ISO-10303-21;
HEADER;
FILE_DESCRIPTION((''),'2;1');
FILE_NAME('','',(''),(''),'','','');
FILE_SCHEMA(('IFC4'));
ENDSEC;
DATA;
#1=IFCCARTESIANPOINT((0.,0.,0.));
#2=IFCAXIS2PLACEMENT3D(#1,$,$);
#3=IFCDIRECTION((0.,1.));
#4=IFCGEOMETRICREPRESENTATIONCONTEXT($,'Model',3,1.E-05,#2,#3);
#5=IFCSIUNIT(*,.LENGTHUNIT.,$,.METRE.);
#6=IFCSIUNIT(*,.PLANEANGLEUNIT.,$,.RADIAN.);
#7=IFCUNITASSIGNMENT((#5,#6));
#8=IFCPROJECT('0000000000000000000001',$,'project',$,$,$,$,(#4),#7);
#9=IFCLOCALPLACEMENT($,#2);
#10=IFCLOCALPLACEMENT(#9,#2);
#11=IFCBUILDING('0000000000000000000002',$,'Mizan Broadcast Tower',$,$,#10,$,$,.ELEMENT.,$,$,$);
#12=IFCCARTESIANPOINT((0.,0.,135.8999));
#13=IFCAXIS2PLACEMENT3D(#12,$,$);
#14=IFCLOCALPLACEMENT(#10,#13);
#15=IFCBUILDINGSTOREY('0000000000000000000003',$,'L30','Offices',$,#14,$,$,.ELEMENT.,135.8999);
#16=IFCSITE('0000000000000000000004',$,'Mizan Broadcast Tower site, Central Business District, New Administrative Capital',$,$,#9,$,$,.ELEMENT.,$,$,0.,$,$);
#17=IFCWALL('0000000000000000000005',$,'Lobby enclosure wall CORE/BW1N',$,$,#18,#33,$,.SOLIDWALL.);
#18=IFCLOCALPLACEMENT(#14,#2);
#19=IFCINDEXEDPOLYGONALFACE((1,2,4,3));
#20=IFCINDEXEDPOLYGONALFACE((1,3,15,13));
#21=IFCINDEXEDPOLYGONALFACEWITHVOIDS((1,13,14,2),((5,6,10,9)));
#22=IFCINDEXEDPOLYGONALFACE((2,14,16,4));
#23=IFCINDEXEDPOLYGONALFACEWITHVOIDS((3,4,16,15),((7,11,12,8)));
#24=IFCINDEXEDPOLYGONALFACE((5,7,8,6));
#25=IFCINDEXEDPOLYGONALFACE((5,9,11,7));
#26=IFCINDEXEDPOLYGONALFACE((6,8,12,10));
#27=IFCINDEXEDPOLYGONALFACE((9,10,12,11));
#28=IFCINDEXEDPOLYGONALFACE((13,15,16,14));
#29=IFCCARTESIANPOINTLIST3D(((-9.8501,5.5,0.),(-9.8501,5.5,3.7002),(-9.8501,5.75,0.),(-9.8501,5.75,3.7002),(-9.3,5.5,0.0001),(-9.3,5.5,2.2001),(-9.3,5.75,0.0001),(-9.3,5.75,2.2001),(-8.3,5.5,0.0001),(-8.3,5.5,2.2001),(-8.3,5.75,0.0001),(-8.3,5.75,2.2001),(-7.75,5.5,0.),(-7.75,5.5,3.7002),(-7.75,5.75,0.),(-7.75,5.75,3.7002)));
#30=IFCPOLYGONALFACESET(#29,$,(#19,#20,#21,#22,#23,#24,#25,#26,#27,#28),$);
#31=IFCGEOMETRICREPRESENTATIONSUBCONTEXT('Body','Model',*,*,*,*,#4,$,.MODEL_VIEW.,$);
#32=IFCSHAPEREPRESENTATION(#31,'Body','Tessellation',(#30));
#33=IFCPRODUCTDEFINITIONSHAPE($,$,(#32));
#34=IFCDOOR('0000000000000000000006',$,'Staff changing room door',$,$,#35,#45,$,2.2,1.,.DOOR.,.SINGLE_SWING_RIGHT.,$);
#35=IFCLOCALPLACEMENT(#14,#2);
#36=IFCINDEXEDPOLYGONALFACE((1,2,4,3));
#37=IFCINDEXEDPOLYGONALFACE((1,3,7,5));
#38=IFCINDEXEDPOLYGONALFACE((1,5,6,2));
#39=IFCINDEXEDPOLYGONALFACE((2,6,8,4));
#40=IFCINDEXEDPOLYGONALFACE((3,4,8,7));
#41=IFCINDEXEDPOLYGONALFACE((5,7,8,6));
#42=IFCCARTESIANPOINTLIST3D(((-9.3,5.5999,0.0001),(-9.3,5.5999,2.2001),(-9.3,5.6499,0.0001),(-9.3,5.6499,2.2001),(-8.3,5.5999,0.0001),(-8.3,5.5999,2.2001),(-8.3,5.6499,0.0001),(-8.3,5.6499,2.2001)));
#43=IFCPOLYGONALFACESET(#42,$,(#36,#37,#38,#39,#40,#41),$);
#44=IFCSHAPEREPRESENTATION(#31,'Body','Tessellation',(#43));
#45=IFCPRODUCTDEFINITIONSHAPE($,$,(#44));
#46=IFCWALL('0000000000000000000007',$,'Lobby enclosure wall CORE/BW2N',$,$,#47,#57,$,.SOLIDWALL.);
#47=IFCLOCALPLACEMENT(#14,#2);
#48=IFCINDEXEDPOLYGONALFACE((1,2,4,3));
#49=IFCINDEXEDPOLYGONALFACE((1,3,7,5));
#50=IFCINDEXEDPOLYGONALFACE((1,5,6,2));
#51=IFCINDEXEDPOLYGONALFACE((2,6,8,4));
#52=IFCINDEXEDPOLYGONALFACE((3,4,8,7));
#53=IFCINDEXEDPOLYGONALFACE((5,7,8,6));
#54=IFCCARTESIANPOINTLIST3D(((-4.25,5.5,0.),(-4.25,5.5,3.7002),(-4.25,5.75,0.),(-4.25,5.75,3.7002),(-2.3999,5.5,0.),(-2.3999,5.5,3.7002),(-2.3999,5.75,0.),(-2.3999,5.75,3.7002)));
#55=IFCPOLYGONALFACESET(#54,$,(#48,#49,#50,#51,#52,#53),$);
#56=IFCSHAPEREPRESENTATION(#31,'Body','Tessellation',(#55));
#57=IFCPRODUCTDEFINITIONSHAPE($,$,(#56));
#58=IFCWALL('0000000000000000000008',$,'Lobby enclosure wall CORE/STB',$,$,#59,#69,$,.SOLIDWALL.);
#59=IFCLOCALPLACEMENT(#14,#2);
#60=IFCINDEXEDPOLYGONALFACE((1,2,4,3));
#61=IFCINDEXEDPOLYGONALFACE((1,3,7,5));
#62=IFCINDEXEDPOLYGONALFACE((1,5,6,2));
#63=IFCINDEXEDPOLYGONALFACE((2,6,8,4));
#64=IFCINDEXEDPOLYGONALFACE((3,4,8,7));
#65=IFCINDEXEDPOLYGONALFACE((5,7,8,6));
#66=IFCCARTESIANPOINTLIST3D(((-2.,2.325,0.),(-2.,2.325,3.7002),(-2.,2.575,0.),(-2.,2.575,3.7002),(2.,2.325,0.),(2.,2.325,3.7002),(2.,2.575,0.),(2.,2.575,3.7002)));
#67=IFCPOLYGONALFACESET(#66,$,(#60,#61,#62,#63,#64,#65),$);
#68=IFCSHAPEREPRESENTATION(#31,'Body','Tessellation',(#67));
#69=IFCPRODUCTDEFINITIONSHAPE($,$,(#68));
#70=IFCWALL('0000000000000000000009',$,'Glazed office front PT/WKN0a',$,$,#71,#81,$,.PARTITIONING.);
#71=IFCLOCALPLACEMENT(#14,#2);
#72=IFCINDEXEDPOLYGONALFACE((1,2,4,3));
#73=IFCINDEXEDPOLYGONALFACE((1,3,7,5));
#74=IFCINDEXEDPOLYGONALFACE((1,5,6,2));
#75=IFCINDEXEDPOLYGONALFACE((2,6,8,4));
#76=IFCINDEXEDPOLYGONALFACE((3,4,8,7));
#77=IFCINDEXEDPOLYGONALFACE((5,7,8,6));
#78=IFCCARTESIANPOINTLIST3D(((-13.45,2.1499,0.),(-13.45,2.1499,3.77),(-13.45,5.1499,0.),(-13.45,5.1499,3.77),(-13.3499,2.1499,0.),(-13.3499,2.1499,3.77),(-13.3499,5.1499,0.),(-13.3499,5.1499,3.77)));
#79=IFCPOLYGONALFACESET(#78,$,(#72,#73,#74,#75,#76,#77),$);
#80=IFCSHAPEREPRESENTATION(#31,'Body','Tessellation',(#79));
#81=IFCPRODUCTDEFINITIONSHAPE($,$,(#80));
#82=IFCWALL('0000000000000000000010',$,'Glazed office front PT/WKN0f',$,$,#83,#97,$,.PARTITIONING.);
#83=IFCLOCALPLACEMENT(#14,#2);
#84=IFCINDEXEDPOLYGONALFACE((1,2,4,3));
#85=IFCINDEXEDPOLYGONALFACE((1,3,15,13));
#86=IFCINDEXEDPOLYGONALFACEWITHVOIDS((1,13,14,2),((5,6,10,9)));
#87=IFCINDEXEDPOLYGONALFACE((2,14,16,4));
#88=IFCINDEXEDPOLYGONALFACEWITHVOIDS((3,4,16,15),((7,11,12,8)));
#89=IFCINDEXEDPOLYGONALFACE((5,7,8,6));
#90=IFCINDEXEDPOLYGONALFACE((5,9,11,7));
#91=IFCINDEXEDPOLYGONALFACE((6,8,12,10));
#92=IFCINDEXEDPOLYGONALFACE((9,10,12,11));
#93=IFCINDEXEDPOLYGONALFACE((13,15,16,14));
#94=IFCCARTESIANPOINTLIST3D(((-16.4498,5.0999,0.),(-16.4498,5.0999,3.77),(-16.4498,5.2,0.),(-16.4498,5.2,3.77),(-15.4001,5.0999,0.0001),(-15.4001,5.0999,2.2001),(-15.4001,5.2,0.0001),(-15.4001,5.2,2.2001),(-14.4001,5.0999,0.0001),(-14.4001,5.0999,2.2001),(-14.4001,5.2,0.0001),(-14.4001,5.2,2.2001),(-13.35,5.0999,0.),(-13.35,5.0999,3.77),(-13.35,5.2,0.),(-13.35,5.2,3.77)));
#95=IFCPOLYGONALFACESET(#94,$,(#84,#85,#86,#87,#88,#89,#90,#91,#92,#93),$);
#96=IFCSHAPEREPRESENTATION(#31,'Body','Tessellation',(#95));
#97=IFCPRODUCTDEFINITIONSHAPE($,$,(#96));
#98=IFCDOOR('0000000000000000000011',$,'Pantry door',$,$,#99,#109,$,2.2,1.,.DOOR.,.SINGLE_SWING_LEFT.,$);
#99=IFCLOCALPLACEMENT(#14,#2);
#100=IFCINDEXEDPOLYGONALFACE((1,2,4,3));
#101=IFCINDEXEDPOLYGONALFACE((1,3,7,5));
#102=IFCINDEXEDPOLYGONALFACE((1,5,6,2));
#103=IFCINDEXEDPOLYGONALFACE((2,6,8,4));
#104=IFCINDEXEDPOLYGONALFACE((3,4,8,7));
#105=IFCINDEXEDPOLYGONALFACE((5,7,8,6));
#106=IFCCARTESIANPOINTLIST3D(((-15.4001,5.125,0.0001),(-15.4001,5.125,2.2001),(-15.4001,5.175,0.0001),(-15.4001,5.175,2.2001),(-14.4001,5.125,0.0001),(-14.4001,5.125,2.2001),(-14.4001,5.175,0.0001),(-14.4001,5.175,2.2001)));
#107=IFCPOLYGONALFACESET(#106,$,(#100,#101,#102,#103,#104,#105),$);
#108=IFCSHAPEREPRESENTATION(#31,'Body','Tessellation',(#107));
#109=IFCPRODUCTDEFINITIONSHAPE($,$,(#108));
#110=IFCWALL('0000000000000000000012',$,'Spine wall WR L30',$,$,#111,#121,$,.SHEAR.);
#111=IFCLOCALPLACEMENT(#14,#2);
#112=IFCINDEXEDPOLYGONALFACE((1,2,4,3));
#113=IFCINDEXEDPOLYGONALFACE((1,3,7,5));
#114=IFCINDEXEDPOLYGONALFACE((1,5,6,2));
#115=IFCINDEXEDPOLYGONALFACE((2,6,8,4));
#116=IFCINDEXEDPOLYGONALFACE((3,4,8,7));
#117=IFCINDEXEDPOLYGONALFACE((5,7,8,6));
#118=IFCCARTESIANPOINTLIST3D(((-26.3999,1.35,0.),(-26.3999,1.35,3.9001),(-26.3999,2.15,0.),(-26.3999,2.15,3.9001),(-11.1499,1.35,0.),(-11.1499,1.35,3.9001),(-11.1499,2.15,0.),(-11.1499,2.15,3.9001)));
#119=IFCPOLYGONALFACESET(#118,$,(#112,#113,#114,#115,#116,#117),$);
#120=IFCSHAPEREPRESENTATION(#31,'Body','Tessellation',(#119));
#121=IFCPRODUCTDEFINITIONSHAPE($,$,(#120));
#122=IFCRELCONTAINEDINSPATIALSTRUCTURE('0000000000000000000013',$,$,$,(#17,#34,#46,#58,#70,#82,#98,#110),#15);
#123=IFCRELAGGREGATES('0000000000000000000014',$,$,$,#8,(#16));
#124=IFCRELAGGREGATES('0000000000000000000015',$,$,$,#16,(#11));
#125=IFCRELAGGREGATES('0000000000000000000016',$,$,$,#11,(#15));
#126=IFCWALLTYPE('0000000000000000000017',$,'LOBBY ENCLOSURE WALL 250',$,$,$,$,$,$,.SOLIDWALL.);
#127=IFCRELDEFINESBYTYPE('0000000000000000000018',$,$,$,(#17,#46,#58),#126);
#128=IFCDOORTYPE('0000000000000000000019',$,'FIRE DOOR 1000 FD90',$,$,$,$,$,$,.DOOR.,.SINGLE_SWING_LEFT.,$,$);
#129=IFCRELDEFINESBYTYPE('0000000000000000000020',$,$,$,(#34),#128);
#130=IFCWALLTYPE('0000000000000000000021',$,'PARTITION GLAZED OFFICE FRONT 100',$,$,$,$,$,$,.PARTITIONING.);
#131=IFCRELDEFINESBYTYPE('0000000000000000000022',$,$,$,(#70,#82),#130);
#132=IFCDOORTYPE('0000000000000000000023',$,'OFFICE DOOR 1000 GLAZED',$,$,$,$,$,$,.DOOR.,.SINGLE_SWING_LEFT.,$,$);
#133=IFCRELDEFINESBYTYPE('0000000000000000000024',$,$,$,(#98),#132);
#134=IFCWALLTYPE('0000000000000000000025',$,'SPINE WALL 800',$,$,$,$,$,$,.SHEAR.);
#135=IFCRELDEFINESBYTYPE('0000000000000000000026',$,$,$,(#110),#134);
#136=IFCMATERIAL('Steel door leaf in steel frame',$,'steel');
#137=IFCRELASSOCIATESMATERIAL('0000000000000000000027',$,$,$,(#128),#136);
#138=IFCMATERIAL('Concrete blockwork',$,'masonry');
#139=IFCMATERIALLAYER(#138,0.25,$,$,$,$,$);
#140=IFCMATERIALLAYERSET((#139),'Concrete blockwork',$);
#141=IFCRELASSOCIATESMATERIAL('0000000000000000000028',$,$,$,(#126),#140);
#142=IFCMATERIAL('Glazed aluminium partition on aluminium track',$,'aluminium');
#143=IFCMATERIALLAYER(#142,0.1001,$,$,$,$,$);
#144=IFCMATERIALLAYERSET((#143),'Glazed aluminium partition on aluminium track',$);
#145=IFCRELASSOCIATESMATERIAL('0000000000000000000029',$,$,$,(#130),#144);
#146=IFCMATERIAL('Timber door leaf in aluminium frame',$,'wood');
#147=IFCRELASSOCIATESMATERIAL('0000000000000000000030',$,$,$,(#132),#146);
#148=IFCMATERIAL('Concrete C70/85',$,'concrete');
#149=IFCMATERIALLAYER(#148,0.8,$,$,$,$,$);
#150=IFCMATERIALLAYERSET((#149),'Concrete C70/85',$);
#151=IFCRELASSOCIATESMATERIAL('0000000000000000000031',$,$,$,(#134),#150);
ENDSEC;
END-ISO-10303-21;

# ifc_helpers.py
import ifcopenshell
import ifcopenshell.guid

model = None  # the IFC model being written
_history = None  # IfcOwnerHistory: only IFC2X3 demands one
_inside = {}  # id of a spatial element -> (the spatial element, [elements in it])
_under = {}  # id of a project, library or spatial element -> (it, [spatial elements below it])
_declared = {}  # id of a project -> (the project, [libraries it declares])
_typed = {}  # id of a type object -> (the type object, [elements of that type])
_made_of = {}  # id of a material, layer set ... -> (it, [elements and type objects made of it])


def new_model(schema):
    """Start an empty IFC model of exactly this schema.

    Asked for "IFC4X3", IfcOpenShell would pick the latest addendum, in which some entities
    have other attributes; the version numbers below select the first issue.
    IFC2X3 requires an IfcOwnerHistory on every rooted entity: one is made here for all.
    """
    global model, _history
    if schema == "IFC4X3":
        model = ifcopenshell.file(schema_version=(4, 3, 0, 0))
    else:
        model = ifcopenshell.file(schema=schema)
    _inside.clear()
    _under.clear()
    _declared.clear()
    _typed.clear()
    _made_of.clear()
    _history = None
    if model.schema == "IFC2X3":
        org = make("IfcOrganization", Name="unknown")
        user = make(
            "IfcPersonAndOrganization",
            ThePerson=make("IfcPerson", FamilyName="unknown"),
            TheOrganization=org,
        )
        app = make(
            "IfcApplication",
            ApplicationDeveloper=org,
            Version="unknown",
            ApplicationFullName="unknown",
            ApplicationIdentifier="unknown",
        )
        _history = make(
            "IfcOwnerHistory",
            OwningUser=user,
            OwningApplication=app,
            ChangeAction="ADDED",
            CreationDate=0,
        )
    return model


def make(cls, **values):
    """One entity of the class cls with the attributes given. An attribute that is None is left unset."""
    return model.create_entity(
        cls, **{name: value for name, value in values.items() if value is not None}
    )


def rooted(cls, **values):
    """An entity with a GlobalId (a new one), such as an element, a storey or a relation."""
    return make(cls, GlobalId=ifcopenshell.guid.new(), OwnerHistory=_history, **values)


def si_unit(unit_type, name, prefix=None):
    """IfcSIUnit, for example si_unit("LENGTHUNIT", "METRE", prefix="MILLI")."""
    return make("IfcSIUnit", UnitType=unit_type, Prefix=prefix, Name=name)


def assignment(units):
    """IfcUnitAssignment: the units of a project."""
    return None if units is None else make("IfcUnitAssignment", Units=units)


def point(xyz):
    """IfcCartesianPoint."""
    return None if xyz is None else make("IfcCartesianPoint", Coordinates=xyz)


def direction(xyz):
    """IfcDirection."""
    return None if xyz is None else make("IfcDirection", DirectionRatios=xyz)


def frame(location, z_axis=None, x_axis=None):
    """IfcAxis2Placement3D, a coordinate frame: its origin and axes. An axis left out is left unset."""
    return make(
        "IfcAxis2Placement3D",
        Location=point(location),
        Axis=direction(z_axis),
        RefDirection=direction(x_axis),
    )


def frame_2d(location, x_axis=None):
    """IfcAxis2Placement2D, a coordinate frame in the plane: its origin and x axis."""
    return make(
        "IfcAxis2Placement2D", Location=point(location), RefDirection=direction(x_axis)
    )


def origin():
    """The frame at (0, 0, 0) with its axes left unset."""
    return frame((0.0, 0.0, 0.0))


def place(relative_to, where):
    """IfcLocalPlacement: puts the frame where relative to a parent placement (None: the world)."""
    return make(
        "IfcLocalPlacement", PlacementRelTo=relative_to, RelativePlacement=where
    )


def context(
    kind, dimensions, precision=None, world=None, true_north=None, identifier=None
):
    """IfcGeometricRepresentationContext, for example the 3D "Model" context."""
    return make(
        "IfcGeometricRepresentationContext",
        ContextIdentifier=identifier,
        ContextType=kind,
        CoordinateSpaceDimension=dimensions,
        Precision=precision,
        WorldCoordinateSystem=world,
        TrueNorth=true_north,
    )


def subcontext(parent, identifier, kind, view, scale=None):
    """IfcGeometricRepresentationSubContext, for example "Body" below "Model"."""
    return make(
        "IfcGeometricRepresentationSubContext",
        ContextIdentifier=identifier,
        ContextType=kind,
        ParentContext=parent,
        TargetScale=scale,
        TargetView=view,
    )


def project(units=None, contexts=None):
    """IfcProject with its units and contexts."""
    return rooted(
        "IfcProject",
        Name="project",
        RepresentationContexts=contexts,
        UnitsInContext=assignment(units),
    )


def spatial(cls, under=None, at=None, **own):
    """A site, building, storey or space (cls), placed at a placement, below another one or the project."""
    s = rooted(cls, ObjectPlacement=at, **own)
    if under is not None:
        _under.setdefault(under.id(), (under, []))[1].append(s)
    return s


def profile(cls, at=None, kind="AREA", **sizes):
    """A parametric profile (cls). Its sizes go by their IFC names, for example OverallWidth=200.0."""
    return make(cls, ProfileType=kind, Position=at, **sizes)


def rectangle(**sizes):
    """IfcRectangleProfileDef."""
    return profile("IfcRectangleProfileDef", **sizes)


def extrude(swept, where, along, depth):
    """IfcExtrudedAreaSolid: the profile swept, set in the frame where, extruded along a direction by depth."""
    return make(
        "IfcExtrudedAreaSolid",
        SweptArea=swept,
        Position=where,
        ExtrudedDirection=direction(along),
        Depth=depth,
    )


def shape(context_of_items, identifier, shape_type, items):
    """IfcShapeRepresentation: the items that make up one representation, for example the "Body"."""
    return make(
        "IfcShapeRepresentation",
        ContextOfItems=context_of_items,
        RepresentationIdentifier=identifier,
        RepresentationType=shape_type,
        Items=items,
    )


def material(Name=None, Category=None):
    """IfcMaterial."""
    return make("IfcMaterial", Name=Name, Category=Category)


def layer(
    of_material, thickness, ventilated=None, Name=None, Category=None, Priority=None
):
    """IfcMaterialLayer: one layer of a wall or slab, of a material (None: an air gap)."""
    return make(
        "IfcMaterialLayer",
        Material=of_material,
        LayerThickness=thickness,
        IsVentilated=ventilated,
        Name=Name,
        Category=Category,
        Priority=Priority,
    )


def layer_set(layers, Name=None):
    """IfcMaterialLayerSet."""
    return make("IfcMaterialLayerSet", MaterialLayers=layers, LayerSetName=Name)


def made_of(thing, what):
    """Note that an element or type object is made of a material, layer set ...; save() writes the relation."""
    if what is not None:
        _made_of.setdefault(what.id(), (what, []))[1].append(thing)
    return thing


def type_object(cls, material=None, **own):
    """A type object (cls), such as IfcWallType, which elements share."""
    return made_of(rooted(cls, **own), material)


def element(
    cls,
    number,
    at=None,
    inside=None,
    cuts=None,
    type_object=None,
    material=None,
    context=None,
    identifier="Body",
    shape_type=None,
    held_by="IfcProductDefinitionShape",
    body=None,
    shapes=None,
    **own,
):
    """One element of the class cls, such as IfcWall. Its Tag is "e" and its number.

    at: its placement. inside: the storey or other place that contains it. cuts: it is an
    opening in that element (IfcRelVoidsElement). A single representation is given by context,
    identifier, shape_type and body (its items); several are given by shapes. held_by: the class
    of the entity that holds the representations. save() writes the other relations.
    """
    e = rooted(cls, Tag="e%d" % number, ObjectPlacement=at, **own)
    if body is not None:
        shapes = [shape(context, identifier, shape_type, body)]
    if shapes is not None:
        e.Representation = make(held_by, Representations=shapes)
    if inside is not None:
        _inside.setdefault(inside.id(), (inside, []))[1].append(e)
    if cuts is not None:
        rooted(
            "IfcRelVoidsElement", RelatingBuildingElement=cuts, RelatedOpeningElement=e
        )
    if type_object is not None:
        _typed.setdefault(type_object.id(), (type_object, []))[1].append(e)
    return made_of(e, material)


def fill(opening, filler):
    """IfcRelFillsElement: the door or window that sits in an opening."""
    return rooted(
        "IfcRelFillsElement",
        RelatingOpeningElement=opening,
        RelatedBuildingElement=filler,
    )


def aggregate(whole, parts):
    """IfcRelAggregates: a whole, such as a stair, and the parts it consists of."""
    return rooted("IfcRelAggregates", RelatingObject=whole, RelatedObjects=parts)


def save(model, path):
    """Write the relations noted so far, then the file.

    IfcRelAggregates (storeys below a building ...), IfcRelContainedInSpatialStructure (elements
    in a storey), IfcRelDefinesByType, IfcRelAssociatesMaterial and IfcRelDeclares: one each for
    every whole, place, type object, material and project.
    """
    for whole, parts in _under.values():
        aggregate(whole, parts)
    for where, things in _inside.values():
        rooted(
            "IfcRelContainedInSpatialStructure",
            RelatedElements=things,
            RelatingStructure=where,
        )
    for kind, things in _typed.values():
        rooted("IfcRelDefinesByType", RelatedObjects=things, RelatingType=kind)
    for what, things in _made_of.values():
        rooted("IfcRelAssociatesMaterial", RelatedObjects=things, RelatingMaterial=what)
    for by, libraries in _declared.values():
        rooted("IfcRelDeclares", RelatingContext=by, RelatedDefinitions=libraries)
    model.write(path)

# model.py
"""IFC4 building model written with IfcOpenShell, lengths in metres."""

from ifc_helpers import new_model, si_unit, direction, frame, frame_2d, origin, place, context, subcontext, project, spatial, rectangle, extrude, material, layer, layer_set, type_object, element, fill, save


model = new_model("IFC4")

# Units and contexts
model_context = context("Model", 3, precision=1e-05, world=origin(), true_north=direction((0.0, 1.0)))
body_context = subcontext(model_context, "Body", "Model", "MODEL_VIEW")
ifc_project = project(units=[si_unit("LENGTHUNIT", "METRE"), si_unit("PLANEANGLEUNIT", "RADIAN")], contexts=[model_context])

# Site, building, storey
site_placement = place(None, origin())
site = spatial("IfcSite", under=ifc_project, at=site_placement, Name="Mizan Broadcast Tower site, Central Business District, New Administrative Capital", CompositionType="ELEMENT", RefElevation=0.0)
building_placement = place(site_placement, origin())
building = spatial("IfcBuilding", under=site, at=building_placement, Name="Mizan Broadcast Tower", CompositionType="ELEMENT")
storey_placement = place(building_placement, frame((0.0, 0.0, 135.8999)))
storey = spatial("IfcBuildingStorey", under=building, at=storey_placement, Name="L30", Description="Offices", CompositionType="ELEMENT", Elevation=135.8999)

# Shared definitions
ifc_material_1 = material(Name="Steel door leaf in steel frame", Category="steel")
door_type_1 = type_object("IfcDoorType", Name="FIRE DOOR 1000 FD90", OperationType="SINGLE_SWING_LEFT", PredefinedType="DOOR", material=ifc_material_1)

# Wall, opening, door
ifc_material_2 = material(Name="Concrete blockwork", Category="masonry")
ifc_layer_1 = layer(ifc_material_2, 0.25)
ifc_layer_set_1 = layer_set([ifc_layer_1], Name="Concrete blockwork")
wall_type_1 = type_object("IfcWallType", Name="LOBBY ENCLOSURE WALL 250", PredefinedType="SOLIDWALL", material=ifc_layer_set_1)
wall_1_placement = place(storey_placement, frame((-9.8501, 5.625, 0.0), z_axis=(0.0, 0.0, 1.0), x_axis=(1.0, 0.0, 0.0)))
wall_1 = element("IfcWall", 1, at=wall_1_placement, inside=storey, type_object=wall_type_1, Name="Lobby enclosure wall CORE/BW1N", PredefinedType="SOLIDWALL", context=body_context, shape_type="SweptSolid", body=[
    extrude(rectangle(XDim=2.1001, YDim=0.25, at=frame_2d((1.05, 0.0))), origin(), (0.0, 0.0, 1.0), 3.7002),
])
opening_1_placement = place(wall_1_placement, frame((0.55, 0.0, 0.0)))
opening_1 = element("IfcOpeningElement", 2, at=opening_1_placement, cuts=wall_1, PredefinedType="OPENING", context=body_context, shape_type="SweptSolid", body=[
    extrude(rectangle(XDim=1.0, YDim=2.2, at=frame_2d((0.5, 1.1001))), frame((0.0, 0.135, 0.0), z_axis=(0.0, -1.0, 0.0), x_axis=(1.0, 0.0, 0.0)), (0.0, 0.0, 1.0), 0.27),
])
door_1_placement = place(opening_1_placement, origin())
door_1 = element("IfcDoor", 3, at=door_1_placement, inside=storey, type_object=door_type_1, Name="Staff changing room door", OperationType="SINGLE_SWING_RIGHT", OverallHeight=2.2, OverallWidth=1.0, PredefinedType="DOOR", context=body_context, shape_type="SweptSolid", body=[
    extrude(rectangle(XDim=1.0, YDim=2.2, at=frame_2d((0.5, 1.1001))), frame((0.0, 0.0249, 0.0), z_axis=(0.0, -1.0, 0.0), x_axis=(1.0, 0.0, 0.0)), (0.0, 0.0, 1.0), 0.05),
])
fill(opening_1, door_1)

# Walls
wall_2_placement = place(storey_placement, frame((-4.25, 5.625, 0.0), z_axis=(0.0, 0.0, 1.0), x_axis=(1.0, 0.0, 0.0)))
element("IfcWall", 4, at=wall_2_placement, inside=storey, type_object=wall_type_1, Name="Lobby enclosure wall CORE/BW2N", PredefinedType="SOLIDWALL", context=body_context, shape_type="SweptSolid", body=[
    extrude(rectangle(XDim=1.8501, YDim=0.25, at=frame_2d((0.925, 0.0))), origin(), (0.0, 0.0, 1.0), 3.7002),
])
wall_3_placement = place(storey_placement, frame((-2.0, 2.45, 0.0), z_axis=(0.0, 0.0, 1.0), x_axis=(1.0, 0.0, 0.0)))
element("IfcWall", 5, at=wall_3_placement, inside=storey, type_object=wall_type_1, Name="Lobby enclosure wall CORE/STB", PredefinedType="SOLIDWALL", context=body_context, shape_type="SweptSolid", body=[
    extrude(rectangle(XDim=4.0, YDim=0.25, at=frame_2d((2.0, 0.0))), origin(), (0.0, 0.0, 1.0), 3.7002),
])
ifc_material_3 = material(Name="Glazed aluminium partition on aluminium track", Category="aluminium")
ifc_layer_2 = layer(ifc_material_3, 0.1001)
ifc_layer_set_2 = layer_set([ifc_layer_2], Name="Glazed aluminium partition on aluminium track")
wall_type_2 = type_object("IfcWallType", Name="PARTITION GLAZED OFFICE FRONT 100", PredefinedType="PARTITIONING", material=ifc_layer_set_2)
wall_4_placement = place(storey_placement, frame((-13.3999, 2.1499, 0.0), z_axis=(0.0, 0.0, 1.0), x_axis=(0.0, 1.0, 0.0)))
element("IfcWall", 6, at=wall_4_placement, inside=storey, type_object=wall_type_2, Name="Glazed office front PT/WKN0a", PredefinedType="PARTITIONING", context=body_context, shape_type="SweptSolid", body=[
    extrude(rectangle(XDim=3.0, YDim=0.1001, at=frame_2d((1.5, 0.0))), origin(), (0.0, 0.0, 1.0), 3.77),
])

# Wall, opening, door
wall_5_placement = place(storey_placement, frame((-13.3501, 5.1499, 0.0), z_axis=(0.0, 0.0, 1.0), x_axis=(-1.0, 0.0, 0.0)))
wall_5 = element("IfcWall", 7, at=wall_5_placement, inside=storey, type_object=wall_type_2, Name="Glazed office front PT/WKN0f", PredefinedType="PARTITIONING", context=body_context, shape_type="SweptSolid", body=[
    extrude(rectangle(XDim=3.0999, YDim=0.1001, at=frame_2d((1.5498, 0.0))), origin(), (0.0, 0.0, 1.0), 3.77),
])
opening_2_placement = place(wall_5_placement, frame((1.05, 0.0, 0.0)))
opening_2 = element("IfcOpeningElement", 8, at=opening_2_placement, cuts=wall_5, PredefinedType="OPENING", context=body_context, shape_type="SweptSolid", body=[
    extrude(rectangle(XDim=1.0, YDim=2.2, at=frame_2d((0.5, 1.1001))), frame((0.0, 0.0601, 0.0), z_axis=(0.0, -1.0, 0.0), x_axis=(1.0, 0.0, 0.0)), (0.0, 0.0, 1.0), 0.1201),
])
ifc_material_4 = material(Name="Timber door leaf in aluminium frame", Category="wood")
door_type_2 = type_object("IfcDoorType", Name="OFFICE DOOR 1000 GLAZED", OperationType="SINGLE_SWING_LEFT", PredefinedType="DOOR", material=ifc_material_4)
door_2_placement = place(opening_2_placement, origin())
door_2 = element("IfcDoor", 9, at=door_2_placement, inside=storey, type_object=door_type_2, Name="Pantry door", OperationType="SINGLE_SWING_LEFT", OverallHeight=2.2, OverallWidth=1.0, PredefinedType="DOOR", context=body_context, shape_type="SweptSolid", body=[
    extrude(rectangle(XDim=1.0, YDim=2.2, at=frame_2d((0.5, 1.1001))), frame((0.0, 0.0249, 0.0), z_axis=(0.0, -1.0, 0.0), x_axis=(1.0, 0.0, 0.0)), (0.0, 0.0, 1.0), 0.05),
])
fill(opening_2, door_2)

# Wall
ifc_material_5 = material(Name="Concrete C70/85", Category="concrete")
ifc_layer_3 = layer(ifc_material_5, 0.8)
ifc_layer_set_3 = layer_set([ifc_layer_3], Name="Concrete C70/85")
wall_type_3 = type_object("IfcWallType", Name="SPINE WALL 800", PredefinedType="SHEAR", material=ifc_layer_set_3)
wall_6_placement = place(storey_placement, frame((-11.1499, 1.75, 0.0), z_axis=(0.0, 0.0, 1.0), x_axis=(-1.0, 0.0, 0.0)))
element("IfcWall", 10, at=wall_6_placement, inside=storey, type_object=wall_type_3, Name="Spine wall WR L30", PredefinedType="SHEAR", context=body_context, shape_type="SweptSolid", body=[
    extrude(rectangle(XDim=15.25, YDim=0.8, at=frame_2d((7.625, 0.0))), origin(), (0.0, 0.0, 1.0), 3.9001),
])

save(model, "model.ifc")
